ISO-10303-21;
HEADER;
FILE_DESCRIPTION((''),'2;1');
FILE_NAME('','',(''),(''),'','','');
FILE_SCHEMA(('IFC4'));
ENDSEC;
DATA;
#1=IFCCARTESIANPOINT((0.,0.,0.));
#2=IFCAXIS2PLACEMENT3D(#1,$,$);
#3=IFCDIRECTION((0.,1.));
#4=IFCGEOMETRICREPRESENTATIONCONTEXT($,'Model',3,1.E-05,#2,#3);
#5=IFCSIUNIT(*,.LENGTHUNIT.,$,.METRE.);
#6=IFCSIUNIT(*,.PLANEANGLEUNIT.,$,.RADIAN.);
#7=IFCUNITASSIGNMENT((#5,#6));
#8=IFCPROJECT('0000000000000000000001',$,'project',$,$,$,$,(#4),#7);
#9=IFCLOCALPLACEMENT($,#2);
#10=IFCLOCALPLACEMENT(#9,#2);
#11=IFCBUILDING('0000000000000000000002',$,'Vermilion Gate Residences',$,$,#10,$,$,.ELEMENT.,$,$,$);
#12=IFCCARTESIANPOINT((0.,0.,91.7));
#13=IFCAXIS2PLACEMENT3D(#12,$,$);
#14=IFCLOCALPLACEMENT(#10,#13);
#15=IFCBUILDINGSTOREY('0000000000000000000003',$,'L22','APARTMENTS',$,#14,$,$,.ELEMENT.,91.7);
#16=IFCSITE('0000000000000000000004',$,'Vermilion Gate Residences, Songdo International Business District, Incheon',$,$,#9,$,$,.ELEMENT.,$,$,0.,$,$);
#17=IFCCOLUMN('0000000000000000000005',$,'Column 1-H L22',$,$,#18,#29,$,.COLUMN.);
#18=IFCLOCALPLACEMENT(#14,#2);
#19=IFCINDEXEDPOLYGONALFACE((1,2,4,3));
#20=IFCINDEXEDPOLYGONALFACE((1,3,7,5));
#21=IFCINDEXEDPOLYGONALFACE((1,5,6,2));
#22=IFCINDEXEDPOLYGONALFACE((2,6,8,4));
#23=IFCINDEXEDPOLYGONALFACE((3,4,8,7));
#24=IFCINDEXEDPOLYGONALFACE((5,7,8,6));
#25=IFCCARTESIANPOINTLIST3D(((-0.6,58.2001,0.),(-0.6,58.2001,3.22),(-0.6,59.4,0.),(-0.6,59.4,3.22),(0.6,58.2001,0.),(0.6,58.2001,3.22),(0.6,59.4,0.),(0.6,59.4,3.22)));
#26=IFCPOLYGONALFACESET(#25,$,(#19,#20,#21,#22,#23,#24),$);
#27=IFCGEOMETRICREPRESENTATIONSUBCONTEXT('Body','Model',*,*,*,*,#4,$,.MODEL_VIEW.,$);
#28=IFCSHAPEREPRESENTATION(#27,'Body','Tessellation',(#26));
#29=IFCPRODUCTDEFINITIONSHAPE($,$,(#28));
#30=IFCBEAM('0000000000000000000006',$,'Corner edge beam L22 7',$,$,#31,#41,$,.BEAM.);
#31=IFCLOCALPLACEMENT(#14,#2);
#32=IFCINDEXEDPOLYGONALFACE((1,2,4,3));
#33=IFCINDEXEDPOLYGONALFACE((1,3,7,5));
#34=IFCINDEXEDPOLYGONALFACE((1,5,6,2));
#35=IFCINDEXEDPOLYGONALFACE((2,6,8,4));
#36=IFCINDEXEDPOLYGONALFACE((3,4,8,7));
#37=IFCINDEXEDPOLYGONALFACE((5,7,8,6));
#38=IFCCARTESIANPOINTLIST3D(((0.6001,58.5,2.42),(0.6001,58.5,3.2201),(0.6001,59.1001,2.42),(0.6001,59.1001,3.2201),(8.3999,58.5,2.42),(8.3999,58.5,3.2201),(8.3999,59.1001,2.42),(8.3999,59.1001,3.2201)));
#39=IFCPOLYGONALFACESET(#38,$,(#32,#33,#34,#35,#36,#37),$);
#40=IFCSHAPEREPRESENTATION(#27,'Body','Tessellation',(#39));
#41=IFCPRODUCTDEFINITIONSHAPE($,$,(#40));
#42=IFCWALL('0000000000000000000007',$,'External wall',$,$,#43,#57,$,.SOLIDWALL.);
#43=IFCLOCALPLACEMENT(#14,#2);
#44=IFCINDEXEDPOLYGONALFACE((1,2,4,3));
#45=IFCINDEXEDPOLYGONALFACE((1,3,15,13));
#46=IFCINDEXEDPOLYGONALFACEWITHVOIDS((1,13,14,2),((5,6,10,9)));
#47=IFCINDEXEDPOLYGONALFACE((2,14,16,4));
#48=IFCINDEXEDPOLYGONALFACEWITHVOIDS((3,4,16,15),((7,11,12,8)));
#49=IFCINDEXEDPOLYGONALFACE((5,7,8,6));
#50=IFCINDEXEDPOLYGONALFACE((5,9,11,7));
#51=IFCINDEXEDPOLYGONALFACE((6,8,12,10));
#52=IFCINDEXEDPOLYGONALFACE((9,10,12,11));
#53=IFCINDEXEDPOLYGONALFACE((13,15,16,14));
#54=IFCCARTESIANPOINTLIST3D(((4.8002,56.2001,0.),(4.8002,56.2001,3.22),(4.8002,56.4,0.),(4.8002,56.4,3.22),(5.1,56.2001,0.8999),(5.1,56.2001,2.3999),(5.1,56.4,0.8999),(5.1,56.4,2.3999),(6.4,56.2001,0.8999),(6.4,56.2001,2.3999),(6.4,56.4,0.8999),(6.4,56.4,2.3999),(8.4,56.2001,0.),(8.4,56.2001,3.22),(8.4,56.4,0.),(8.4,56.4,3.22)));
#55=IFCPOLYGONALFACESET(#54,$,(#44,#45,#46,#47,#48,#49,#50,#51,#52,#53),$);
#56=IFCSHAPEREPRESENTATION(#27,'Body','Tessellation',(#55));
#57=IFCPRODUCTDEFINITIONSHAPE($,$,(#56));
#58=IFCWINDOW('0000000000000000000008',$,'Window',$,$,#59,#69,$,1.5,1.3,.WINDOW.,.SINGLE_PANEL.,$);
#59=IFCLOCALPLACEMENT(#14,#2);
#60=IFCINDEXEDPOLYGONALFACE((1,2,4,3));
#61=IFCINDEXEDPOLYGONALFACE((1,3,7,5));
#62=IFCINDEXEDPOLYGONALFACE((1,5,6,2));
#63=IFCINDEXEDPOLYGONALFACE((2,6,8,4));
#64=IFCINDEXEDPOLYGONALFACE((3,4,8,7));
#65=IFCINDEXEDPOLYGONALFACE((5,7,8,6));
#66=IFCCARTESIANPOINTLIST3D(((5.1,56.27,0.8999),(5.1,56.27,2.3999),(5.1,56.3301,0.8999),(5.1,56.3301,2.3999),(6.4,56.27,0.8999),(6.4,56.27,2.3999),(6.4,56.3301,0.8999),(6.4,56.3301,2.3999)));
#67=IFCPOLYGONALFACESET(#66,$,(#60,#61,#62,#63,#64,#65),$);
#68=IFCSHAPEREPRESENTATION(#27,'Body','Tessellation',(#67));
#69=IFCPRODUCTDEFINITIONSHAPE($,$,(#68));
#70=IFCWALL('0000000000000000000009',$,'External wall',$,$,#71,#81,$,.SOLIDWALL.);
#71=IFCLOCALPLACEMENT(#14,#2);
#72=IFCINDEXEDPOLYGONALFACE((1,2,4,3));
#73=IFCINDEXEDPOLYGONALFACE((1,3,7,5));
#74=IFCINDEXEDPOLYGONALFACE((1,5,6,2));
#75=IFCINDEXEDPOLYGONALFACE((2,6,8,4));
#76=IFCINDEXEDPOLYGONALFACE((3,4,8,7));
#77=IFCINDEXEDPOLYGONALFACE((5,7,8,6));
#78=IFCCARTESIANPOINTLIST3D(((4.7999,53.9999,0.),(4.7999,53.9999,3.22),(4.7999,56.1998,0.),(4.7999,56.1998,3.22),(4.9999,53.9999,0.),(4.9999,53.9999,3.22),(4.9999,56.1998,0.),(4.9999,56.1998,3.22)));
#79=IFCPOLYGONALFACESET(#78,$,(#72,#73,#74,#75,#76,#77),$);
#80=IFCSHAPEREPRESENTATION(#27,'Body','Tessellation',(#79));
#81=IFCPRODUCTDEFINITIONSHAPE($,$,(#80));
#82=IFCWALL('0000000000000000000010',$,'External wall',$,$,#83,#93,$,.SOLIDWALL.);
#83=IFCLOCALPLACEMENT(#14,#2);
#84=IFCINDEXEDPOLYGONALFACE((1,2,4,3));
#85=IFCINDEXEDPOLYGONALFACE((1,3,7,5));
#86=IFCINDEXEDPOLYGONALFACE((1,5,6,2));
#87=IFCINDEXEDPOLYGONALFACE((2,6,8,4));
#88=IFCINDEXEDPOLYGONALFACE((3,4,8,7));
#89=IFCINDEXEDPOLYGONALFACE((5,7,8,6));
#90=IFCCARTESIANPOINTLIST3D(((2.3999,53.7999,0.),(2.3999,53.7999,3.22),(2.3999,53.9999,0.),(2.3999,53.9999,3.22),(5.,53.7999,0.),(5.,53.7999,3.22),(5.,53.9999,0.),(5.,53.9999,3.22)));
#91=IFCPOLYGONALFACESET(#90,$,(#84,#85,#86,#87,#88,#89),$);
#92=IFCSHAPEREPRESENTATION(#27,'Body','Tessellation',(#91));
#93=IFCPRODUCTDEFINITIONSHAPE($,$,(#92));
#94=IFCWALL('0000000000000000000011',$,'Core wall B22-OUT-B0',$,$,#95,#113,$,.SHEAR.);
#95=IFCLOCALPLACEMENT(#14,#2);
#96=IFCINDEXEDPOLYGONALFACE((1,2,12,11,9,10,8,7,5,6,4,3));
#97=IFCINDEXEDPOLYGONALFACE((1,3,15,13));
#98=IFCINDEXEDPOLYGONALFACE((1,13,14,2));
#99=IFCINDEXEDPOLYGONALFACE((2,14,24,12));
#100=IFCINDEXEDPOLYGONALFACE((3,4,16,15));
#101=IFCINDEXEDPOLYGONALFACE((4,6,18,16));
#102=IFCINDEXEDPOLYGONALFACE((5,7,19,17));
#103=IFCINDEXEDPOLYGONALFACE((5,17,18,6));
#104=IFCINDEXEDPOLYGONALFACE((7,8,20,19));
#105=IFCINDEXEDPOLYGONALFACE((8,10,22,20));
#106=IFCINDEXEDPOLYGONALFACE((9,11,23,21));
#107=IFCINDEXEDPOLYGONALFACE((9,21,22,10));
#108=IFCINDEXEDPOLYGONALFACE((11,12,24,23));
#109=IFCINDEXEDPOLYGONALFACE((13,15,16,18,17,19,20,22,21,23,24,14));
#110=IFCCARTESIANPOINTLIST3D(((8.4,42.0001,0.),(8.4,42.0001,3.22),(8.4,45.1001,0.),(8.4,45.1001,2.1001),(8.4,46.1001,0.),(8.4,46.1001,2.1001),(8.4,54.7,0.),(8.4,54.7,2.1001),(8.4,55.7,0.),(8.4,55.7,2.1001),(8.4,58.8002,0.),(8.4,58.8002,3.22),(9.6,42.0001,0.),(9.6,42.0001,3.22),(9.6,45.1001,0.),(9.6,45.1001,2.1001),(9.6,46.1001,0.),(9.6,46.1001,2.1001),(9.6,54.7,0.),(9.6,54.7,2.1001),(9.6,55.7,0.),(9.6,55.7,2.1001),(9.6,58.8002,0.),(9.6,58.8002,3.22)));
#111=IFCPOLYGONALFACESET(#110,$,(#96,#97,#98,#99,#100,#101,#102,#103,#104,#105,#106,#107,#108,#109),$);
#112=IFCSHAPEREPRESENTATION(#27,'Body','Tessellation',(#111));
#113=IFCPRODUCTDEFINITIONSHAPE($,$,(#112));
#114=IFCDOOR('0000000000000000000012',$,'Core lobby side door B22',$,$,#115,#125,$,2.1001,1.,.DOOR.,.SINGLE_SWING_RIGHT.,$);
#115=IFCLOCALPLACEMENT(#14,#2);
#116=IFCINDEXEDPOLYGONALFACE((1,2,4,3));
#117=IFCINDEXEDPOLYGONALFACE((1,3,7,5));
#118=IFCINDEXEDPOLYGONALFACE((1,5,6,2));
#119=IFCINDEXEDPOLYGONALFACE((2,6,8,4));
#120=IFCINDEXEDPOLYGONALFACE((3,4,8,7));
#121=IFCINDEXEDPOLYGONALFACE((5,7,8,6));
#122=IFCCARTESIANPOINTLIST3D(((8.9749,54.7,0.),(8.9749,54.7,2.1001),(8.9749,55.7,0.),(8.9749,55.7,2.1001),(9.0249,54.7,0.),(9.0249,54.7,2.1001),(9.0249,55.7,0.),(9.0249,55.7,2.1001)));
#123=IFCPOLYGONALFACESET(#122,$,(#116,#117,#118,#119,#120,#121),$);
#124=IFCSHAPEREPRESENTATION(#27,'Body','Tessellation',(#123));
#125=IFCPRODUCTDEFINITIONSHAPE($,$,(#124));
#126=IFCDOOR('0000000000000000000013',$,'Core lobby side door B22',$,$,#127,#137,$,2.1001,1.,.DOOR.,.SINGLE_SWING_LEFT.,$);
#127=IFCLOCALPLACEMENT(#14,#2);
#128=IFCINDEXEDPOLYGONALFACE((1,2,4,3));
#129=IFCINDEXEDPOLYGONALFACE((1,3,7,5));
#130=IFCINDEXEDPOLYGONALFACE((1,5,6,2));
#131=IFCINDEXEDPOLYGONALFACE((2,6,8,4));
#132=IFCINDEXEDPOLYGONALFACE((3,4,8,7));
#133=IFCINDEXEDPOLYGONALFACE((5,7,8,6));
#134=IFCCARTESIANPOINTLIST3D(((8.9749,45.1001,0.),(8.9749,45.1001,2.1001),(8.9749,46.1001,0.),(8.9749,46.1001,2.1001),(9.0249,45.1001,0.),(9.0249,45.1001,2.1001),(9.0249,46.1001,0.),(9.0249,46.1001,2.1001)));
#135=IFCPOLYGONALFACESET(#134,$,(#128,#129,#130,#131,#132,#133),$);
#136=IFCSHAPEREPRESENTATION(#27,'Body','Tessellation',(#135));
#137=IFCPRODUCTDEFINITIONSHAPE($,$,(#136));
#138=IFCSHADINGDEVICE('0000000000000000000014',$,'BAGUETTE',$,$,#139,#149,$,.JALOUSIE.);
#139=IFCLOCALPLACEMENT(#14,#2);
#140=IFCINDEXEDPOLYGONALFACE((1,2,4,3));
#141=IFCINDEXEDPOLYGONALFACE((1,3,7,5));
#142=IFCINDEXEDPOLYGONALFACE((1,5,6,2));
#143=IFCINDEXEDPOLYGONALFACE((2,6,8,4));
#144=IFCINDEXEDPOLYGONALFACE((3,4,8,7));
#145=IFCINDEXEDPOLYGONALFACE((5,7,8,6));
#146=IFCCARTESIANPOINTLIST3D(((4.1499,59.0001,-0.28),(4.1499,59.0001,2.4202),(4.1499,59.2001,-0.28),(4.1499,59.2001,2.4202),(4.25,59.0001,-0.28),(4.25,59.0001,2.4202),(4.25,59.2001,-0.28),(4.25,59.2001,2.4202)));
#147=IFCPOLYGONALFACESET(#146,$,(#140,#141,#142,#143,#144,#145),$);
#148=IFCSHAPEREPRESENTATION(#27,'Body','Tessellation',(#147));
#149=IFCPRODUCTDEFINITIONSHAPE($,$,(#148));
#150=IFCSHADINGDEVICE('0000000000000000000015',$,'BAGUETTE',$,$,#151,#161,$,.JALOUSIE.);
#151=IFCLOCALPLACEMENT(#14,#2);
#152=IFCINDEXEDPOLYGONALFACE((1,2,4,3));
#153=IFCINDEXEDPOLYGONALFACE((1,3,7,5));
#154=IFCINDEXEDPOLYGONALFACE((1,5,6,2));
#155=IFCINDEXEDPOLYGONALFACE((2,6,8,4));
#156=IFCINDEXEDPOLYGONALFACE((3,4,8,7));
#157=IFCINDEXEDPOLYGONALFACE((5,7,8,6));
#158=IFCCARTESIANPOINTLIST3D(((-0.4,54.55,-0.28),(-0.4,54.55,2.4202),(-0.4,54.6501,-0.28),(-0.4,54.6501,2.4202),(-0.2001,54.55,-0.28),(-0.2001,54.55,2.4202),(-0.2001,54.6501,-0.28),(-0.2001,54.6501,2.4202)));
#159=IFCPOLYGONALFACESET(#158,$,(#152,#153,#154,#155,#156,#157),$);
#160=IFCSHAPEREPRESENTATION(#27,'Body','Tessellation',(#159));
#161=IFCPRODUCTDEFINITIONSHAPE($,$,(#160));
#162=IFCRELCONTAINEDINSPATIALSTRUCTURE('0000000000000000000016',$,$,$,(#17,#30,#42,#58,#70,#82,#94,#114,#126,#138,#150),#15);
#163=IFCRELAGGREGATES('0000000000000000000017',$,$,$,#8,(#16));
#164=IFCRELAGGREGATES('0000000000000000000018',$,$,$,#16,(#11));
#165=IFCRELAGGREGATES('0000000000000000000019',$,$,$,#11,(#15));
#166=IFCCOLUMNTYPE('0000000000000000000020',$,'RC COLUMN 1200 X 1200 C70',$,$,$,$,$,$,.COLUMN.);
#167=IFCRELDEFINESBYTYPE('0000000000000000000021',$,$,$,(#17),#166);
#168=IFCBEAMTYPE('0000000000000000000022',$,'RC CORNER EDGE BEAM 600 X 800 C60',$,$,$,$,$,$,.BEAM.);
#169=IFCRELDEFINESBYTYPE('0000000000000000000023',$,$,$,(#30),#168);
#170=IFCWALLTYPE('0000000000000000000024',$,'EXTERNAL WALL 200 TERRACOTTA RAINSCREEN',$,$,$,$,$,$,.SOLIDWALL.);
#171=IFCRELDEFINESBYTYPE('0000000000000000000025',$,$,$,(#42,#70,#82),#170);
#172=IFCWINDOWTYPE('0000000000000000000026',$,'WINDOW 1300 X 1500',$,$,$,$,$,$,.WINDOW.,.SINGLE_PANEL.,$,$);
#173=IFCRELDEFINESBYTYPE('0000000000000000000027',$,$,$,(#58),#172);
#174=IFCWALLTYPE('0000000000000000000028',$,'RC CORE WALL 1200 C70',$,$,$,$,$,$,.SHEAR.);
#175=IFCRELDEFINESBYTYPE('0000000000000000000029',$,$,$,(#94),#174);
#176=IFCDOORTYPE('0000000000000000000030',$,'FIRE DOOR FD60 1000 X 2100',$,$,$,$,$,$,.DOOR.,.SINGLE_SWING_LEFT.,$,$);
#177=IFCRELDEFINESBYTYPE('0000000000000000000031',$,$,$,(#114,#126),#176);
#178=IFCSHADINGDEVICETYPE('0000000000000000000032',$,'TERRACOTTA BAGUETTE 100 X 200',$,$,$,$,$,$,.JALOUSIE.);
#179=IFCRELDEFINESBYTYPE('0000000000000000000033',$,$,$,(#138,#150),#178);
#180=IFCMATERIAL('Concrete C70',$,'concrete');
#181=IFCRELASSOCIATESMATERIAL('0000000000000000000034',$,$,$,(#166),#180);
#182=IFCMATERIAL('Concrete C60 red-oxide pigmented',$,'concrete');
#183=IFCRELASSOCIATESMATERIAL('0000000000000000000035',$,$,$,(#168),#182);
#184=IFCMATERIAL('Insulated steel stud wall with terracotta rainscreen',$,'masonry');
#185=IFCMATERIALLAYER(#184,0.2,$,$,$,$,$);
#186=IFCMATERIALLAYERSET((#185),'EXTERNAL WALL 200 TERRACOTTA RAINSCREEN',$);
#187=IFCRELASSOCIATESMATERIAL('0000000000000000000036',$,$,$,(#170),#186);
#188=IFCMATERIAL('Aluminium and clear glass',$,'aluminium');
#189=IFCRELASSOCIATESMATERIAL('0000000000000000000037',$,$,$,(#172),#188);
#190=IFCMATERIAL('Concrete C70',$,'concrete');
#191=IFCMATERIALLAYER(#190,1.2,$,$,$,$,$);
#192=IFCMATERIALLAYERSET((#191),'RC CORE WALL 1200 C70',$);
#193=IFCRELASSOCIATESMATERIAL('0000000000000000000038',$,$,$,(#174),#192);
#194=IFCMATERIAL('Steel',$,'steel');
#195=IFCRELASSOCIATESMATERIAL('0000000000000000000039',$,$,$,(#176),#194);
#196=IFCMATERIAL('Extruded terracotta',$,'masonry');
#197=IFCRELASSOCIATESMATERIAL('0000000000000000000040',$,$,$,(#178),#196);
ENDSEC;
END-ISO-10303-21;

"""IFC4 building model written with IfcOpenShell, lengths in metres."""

from ifc_helpers import new_model, si_unit, direction, frame, frame_2d, origin, origin_2d, place, context, subcontext, project, spatial, rectangle, extrude, material, layer, layer_set, material_profile, profile_set, type_object, element, fill, save


model = new_model("IFC4")

# Units and contexts
model_context = context("Model", 3, precision=1e-05, world=origin(), true_north=direction((0.0, 1.0)))
body_context = subcontext(model_context, "Body", "Model", "MODEL_VIEW")
ifc_project = project(units=[si_unit("LENGTHUNIT", "METRE"), si_unit("PLANEANGLEUNIT", "RADIAN")], contexts=[model_context])

# Site, building, storey
site_placement = place(None, origin())
site = spatial("IfcSite", under=ifc_project, at=site_placement, Name="Vermilion Gate Residences, Songdo International Business District, Incheon", CompositionType="ELEMENT", RefElevation=0.0)
building_placement = place(site_placement, origin())
building = spatial("IfcBuilding", under=site, at=building_placement, Name="Vermilion Gate Residences", CompositionType="ELEMENT")
storey_placement = place(building_placement, frame((0.0, 0.0, 91.7)))
storey = spatial("IfcBuildingStorey", under=building, at=storey_placement, Name="L22", Description="APARTMENTS", CompositionType="ELEMENT", Elevation=91.7)

# Column
ifc_material_1 = material(Name="Concrete C70", Category="concrete")
ifc_material_profile_1 = material_profile(ifc_material_1, rectangle(XDim=1.2, YDim=1.2, at=origin_2d()), Name="RC-1200x1200")
ifc_profile_set_1 = profile_set([ifc_material_profile_1], Name="Concrete C70")
column_type = type_object("IfcColumnType", Name="RC COLUMN 1200 X 1200 C70", PredefinedType="COLUMN", material=ifc_profile_set_1)
column_placement = place(storey_placement, frame((0.0, 58.8, 0.0), z_axis=(0.0, 0.0, 1.0), x_axis=(1.0, 0.0, 0.0)))
element("IfcColumn", 1, at=column_placement, inside=storey, type_object=column_type, Name="Column 1-H L22", PredefinedType="COLUMN", context=body_context, shape_type="SweptSolid", body=[
    extrude(rectangle(XDim=1.2, YDim=1.2, at=origin_2d()), origin(), (0.0, 0.0, 1.0), 3.22),
])

# Beam
ifc_material_2 = material(Name="Concrete C60 red-oxide pigmented", Category="concrete")
ifc_material_profile_2 = material_profile(ifc_material_2, rectangle(XDim=0.6001, YDim=0.8, at=origin_2d()), Name="RC-600x800")
ifc_profile_set_2 = profile_set([ifc_material_profile_2], Name="Concrete C60 red-oxide pigmented")
beam_type = type_object("IfcBeamType", Name="RC CORNER EDGE BEAM 600 X 800 C60", PredefinedType="BEAM", material=ifc_profile_set_2)
beam_placement = place(storey_placement, frame((0.6001, 58.8, 2.8201), z_axis=(1.0, 0.0, 0.0), x_axis=(0.0, 1.0, 0.0)))
element("IfcBeam", 2, at=beam_placement, inside=storey, type_object=beam_type, Name="Corner edge beam L22 7", PredefinedType="BEAM", context=body_context, shape_type="SweptSolid", body=[
    extrude(rectangle(XDim=0.6001, YDim=0.8, at=origin_2d()), origin(), (0.0, 0.0, 1.0), 7.7998),
])

# Wall, opening, window
ifc_material_3 = material(Name="Insulated steel stud wall with terracotta rainscreen", Category="masonry")
ifc_layer_1 = layer(ifc_material_3, 0.2)
ifc_layer_set_1 = layer_set([ifc_layer_1], Name="EXTERNAL WALL 200 TERRACOTTA RAINSCREEN")
wall_type_1 = type_object("IfcWallType", Name="EXTERNAL WALL 200 TERRACOTTA RAINSCREEN", PredefinedType="SOLIDWALL", material=ifc_layer_set_1)
wall_1_placement = place(storey_placement, frame((8.3999, 56.3, 0.0), z_axis=(0.0, 0.0, 1.0), x_axis=(-1.0, 0.0, 0.0)))
wall_1 = element("IfcWall", 3, at=wall_1_placement, inside=storey, type_object=wall_type_1, Name="External wall", PredefinedType="SOLIDWALL", context=body_context, shape_type="SweptSolid", body=[
    extrude(rectangle(XDim=3.5999, YDim=0.2, at=frame_2d((1.7998, 0.0))), origin(), (0.0, 0.0, 1.0), 3.22),
])
opening_1_placement = place(wall_1_placement, frame((2.0, 0.0, 0.8999)))
opening_1 = element("IfcOpeningElement", 4, at=opening_1_placement, cuts=wall_1, PredefinedType="OPENING", context=body_context, shape_type="SweptSolid", body=[
    extrude(rectangle(XDim=1.3, YDim=1.5, at=frame_2d((0.6499, 0.75))), frame((0.0, 0.1099, 0.0), z_axis=(0.0, -1.0, 0.0), x_axis=(1.0, 0.0, 0.0)), (0.0, 0.0, 1.0), 0.22),
])
ifc_material_4 = material(Name="Aluminium and clear glass", Category="aluminium")
window_type = type_object("IfcWindowType", Name="WINDOW 1300 X 1500", PartitioningType="SINGLE_PANEL", PredefinedType="WINDOW", material=ifc_material_4)
window_placement = place(opening_1_placement, origin())
window = element("IfcWindow", 5, at=window_placement, inside=storey, type_object=window_type, Name="Window", OverallHeight=1.5, OverallWidth=1.3, PartitioningType="SINGLE_PANEL", PredefinedType="WINDOW", context=body_context, shape_type="SweptSolid", body=[
    extrude(rectangle(XDim=1.3, YDim=1.5, at=frame_2d((0.6499, 0.75))), frame((0.0, 0.03, 0.0), z_axis=(0.0, -1.0, 0.0), x_axis=(1.0, 0.0, 0.0)), (0.0, 0.0, 1.0), 0.0601),
])
fill(opening_1, window)

# Walls
wall_2_placement = place(storey_placement, frame((4.8999, 56.2, 0.0), z_axis=(0.0, 0.0, 1.0), x_axis=(0.0, -1.0, 0.0)))
element("IfcWall", 6, at=wall_2_placement, inside=storey, type_object=wall_type_1, Name="External wall", PredefinedType="SOLIDWALL", context=body_context, shape_type="SweptSolid", body=[
    extrude(rectangle(XDim=2.2, YDim=0.2, at=frame_2d((1.1001, 0.0))), origin(), (0.0, 0.0, 1.0), 3.22),
])
wall_3_placement = place(storey_placement, frame((5.0, 53.8999, 0.0), z_axis=(0.0, 0.0, 1.0), x_axis=(-1.0, 0.0, 0.0)))
element("IfcWall", 7, at=wall_3_placement, inside=storey, type_object=wall_type_1, Name="External wall", PredefinedType="SOLIDWALL", context=body_context, shape_type="SweptSolid", body=[
    extrude(rectangle(XDim=2.6001, YDim=0.2, at=frame_2d((1.3, 0.0))), origin(), (0.0, 0.0, 1.0), 3.22),
])

# Wall, openings, doors
ifc_material_5 = material(Name="Concrete C70", Category="concrete")
ifc_layer_2 = layer(ifc_material_5, 1.2)
ifc_layer_set_2 = layer_set([ifc_layer_2], Name="RC CORE WALL 1200 C70")
wall_type_2 = type_object("IfcWallType", Name="RC CORE WALL 1200 C70", PredefinedType="SHEAR", material=ifc_layer_set_2)
wall_4_placement = place(storey_placement, frame((9.0, 58.8, 0.0), z_axis=(0.0, 0.0, 1.0), x_axis=(0.0, -1.0, 0.0)))
wall_4 = element("IfcWall", 8, at=wall_4_placement, inside=storey, type_object=wall_type_2, Name="Core wall B22-OUT-B0", PredefinedType="SHEAR", context=body_context, shape_type="SweptSolid", body=[
    extrude(rectangle(XDim=16.8, YDim=1.2, at=frame_2d((8.3999, 0.0))), origin(), (0.0, 0.0, 1.0), 3.22),
])
opening_2_placement = place(wall_4_placement, frame((3.1001, 0.0, 0.0)))
opening_2 = element("IfcOpeningElement", 9, at=opening_2_placement, cuts=wall_4, PredefinedType="OPENING", context=body_context, shape_type="SweptSolid", body=[
    extrude(rectangle(XDim=1.0, YDim=2.1001, at=frame_2d((0.5, 1.05))), frame((0.0, 0.6099, 0.0), z_axis=(0.0, -1.0, 0.0), x_axis=(1.0, 0.0, 0.0)), (0.0, 0.0, 1.0), 1.22),
])
opening_3_placement = place(wall_4_placement, frame((12.7, 0.0, 0.0)))
opening_3 = element("IfcOpeningElement", 10, at=opening_3_placement, cuts=wall_4, PredefinedType="OPENING", context=body_context, shape_type="SweptSolid", body=[
    extrude(rectangle(XDim=1.0, YDim=2.1001, at=frame_2d((0.5, 1.05))), frame((0.0, 0.6099, 0.0), z_axis=(0.0, -1.0, 0.0), x_axis=(1.0, 0.0, 0.0)), (0.0, 0.0, 1.0), 1.22),
])
ifc_material_6 = material(Name="Steel", Category="steel")
door_type = type_object("IfcDoorType", Name="FIRE DOOR FD60 1000 X 2100", OperationType="SINGLE_SWING_LEFT", PredefinedType="DOOR", material=ifc_material_6)
door_1_placement = place(opening_2_placement, origin())
door_1 = element("IfcDoor", 11, at=door_1_placement, inside=storey, type_object=door_type, Name="Core lobby side door B22", OperationType="SINGLE_SWING_RIGHT", OverallHeight=2.1001, OverallWidth=1.0, PredefinedType="DOOR", context=body_context, shape_type="SweptSolid", body=[
    extrude(rectangle(XDim=1.0, YDim=2.1001, at=frame_2d((0.5, 1.05))), frame((0.0, 0.0249, 0.0), z_axis=(0.0, -1.0, 0.0), x_axis=(1.0, 0.0, 0.0)), (0.0, 0.0, 1.0), 0.05),
])
fill(opening_2, door_1)
door_2_placement = place(opening_3_placement, origin())
door_2 = element("IfcDoor", 12, at=door_2_placement, inside=storey, type_object=door_type, Name="Core lobby side door B22", OperationType="SINGLE_SWING_LEFT", OverallHeight=2.1001, OverallWidth=1.0, PredefinedType="DOOR", context=body_context, shape_type="SweptSolid", body=[
    extrude(rectangle(XDim=1.0, YDim=2.1001, at=frame_2d((0.5, 1.05))), frame((0.0, 0.0249, 0.0), z_axis=(0.0, -1.0, 0.0), x_axis=(1.0, 0.0, 0.0)), (0.0, 0.0, 1.0), 0.05),
])
fill(opening_3, door_2)

# Shading devices
ifc_material_7 = material(Name="Extruded terracotta", Category="masonry")
ifc_material_profile_3 = material_profile(ifc_material_7, rectangle(XDim=0.2, YDim=0.1001, at=origin_2d()), Name="BAGUETTE 100 X 200")
ifc_profile_set_3 = profile_set([ifc_material_profile_3], Name="Extruded terracotta")
shading_device_type = type_object("IfcShadingDeviceType", Name="TERRACOTTA BAGUETTE 100 X 200", PredefinedType="JALOUSIE", material=ifc_profile_set_3)
for number, where, z_axis, x_axis, name in (
    (13, (4.2, 59.1001, -0.28), (0.0, 0.0, 1.0), (0.0, -1.0, 0.0), "BAGUETTE"),
    (14, (-0.3, 54.6001, -0.28), (0.0, 0.0, 1.0), (1.0, 0.0, 0.0), "BAGUETTE"),
):
    element("IfcShadingDevice", number, at=place(storey_placement, frame(where, z_axis=z_axis, x_axis=x_axis)), inside=storey, type_object=shading_device_type, Name=name, PredefinedType="JALOUSIE", context=body_context, shape_type="SweptSolid", body=[
        extrude(rectangle(XDim=0.2, YDim=0.1001, at=origin_2d()), origin(), (0.0, 0.0, 1.0), 2.7002),
    ])

save(model, "model.ifc")
